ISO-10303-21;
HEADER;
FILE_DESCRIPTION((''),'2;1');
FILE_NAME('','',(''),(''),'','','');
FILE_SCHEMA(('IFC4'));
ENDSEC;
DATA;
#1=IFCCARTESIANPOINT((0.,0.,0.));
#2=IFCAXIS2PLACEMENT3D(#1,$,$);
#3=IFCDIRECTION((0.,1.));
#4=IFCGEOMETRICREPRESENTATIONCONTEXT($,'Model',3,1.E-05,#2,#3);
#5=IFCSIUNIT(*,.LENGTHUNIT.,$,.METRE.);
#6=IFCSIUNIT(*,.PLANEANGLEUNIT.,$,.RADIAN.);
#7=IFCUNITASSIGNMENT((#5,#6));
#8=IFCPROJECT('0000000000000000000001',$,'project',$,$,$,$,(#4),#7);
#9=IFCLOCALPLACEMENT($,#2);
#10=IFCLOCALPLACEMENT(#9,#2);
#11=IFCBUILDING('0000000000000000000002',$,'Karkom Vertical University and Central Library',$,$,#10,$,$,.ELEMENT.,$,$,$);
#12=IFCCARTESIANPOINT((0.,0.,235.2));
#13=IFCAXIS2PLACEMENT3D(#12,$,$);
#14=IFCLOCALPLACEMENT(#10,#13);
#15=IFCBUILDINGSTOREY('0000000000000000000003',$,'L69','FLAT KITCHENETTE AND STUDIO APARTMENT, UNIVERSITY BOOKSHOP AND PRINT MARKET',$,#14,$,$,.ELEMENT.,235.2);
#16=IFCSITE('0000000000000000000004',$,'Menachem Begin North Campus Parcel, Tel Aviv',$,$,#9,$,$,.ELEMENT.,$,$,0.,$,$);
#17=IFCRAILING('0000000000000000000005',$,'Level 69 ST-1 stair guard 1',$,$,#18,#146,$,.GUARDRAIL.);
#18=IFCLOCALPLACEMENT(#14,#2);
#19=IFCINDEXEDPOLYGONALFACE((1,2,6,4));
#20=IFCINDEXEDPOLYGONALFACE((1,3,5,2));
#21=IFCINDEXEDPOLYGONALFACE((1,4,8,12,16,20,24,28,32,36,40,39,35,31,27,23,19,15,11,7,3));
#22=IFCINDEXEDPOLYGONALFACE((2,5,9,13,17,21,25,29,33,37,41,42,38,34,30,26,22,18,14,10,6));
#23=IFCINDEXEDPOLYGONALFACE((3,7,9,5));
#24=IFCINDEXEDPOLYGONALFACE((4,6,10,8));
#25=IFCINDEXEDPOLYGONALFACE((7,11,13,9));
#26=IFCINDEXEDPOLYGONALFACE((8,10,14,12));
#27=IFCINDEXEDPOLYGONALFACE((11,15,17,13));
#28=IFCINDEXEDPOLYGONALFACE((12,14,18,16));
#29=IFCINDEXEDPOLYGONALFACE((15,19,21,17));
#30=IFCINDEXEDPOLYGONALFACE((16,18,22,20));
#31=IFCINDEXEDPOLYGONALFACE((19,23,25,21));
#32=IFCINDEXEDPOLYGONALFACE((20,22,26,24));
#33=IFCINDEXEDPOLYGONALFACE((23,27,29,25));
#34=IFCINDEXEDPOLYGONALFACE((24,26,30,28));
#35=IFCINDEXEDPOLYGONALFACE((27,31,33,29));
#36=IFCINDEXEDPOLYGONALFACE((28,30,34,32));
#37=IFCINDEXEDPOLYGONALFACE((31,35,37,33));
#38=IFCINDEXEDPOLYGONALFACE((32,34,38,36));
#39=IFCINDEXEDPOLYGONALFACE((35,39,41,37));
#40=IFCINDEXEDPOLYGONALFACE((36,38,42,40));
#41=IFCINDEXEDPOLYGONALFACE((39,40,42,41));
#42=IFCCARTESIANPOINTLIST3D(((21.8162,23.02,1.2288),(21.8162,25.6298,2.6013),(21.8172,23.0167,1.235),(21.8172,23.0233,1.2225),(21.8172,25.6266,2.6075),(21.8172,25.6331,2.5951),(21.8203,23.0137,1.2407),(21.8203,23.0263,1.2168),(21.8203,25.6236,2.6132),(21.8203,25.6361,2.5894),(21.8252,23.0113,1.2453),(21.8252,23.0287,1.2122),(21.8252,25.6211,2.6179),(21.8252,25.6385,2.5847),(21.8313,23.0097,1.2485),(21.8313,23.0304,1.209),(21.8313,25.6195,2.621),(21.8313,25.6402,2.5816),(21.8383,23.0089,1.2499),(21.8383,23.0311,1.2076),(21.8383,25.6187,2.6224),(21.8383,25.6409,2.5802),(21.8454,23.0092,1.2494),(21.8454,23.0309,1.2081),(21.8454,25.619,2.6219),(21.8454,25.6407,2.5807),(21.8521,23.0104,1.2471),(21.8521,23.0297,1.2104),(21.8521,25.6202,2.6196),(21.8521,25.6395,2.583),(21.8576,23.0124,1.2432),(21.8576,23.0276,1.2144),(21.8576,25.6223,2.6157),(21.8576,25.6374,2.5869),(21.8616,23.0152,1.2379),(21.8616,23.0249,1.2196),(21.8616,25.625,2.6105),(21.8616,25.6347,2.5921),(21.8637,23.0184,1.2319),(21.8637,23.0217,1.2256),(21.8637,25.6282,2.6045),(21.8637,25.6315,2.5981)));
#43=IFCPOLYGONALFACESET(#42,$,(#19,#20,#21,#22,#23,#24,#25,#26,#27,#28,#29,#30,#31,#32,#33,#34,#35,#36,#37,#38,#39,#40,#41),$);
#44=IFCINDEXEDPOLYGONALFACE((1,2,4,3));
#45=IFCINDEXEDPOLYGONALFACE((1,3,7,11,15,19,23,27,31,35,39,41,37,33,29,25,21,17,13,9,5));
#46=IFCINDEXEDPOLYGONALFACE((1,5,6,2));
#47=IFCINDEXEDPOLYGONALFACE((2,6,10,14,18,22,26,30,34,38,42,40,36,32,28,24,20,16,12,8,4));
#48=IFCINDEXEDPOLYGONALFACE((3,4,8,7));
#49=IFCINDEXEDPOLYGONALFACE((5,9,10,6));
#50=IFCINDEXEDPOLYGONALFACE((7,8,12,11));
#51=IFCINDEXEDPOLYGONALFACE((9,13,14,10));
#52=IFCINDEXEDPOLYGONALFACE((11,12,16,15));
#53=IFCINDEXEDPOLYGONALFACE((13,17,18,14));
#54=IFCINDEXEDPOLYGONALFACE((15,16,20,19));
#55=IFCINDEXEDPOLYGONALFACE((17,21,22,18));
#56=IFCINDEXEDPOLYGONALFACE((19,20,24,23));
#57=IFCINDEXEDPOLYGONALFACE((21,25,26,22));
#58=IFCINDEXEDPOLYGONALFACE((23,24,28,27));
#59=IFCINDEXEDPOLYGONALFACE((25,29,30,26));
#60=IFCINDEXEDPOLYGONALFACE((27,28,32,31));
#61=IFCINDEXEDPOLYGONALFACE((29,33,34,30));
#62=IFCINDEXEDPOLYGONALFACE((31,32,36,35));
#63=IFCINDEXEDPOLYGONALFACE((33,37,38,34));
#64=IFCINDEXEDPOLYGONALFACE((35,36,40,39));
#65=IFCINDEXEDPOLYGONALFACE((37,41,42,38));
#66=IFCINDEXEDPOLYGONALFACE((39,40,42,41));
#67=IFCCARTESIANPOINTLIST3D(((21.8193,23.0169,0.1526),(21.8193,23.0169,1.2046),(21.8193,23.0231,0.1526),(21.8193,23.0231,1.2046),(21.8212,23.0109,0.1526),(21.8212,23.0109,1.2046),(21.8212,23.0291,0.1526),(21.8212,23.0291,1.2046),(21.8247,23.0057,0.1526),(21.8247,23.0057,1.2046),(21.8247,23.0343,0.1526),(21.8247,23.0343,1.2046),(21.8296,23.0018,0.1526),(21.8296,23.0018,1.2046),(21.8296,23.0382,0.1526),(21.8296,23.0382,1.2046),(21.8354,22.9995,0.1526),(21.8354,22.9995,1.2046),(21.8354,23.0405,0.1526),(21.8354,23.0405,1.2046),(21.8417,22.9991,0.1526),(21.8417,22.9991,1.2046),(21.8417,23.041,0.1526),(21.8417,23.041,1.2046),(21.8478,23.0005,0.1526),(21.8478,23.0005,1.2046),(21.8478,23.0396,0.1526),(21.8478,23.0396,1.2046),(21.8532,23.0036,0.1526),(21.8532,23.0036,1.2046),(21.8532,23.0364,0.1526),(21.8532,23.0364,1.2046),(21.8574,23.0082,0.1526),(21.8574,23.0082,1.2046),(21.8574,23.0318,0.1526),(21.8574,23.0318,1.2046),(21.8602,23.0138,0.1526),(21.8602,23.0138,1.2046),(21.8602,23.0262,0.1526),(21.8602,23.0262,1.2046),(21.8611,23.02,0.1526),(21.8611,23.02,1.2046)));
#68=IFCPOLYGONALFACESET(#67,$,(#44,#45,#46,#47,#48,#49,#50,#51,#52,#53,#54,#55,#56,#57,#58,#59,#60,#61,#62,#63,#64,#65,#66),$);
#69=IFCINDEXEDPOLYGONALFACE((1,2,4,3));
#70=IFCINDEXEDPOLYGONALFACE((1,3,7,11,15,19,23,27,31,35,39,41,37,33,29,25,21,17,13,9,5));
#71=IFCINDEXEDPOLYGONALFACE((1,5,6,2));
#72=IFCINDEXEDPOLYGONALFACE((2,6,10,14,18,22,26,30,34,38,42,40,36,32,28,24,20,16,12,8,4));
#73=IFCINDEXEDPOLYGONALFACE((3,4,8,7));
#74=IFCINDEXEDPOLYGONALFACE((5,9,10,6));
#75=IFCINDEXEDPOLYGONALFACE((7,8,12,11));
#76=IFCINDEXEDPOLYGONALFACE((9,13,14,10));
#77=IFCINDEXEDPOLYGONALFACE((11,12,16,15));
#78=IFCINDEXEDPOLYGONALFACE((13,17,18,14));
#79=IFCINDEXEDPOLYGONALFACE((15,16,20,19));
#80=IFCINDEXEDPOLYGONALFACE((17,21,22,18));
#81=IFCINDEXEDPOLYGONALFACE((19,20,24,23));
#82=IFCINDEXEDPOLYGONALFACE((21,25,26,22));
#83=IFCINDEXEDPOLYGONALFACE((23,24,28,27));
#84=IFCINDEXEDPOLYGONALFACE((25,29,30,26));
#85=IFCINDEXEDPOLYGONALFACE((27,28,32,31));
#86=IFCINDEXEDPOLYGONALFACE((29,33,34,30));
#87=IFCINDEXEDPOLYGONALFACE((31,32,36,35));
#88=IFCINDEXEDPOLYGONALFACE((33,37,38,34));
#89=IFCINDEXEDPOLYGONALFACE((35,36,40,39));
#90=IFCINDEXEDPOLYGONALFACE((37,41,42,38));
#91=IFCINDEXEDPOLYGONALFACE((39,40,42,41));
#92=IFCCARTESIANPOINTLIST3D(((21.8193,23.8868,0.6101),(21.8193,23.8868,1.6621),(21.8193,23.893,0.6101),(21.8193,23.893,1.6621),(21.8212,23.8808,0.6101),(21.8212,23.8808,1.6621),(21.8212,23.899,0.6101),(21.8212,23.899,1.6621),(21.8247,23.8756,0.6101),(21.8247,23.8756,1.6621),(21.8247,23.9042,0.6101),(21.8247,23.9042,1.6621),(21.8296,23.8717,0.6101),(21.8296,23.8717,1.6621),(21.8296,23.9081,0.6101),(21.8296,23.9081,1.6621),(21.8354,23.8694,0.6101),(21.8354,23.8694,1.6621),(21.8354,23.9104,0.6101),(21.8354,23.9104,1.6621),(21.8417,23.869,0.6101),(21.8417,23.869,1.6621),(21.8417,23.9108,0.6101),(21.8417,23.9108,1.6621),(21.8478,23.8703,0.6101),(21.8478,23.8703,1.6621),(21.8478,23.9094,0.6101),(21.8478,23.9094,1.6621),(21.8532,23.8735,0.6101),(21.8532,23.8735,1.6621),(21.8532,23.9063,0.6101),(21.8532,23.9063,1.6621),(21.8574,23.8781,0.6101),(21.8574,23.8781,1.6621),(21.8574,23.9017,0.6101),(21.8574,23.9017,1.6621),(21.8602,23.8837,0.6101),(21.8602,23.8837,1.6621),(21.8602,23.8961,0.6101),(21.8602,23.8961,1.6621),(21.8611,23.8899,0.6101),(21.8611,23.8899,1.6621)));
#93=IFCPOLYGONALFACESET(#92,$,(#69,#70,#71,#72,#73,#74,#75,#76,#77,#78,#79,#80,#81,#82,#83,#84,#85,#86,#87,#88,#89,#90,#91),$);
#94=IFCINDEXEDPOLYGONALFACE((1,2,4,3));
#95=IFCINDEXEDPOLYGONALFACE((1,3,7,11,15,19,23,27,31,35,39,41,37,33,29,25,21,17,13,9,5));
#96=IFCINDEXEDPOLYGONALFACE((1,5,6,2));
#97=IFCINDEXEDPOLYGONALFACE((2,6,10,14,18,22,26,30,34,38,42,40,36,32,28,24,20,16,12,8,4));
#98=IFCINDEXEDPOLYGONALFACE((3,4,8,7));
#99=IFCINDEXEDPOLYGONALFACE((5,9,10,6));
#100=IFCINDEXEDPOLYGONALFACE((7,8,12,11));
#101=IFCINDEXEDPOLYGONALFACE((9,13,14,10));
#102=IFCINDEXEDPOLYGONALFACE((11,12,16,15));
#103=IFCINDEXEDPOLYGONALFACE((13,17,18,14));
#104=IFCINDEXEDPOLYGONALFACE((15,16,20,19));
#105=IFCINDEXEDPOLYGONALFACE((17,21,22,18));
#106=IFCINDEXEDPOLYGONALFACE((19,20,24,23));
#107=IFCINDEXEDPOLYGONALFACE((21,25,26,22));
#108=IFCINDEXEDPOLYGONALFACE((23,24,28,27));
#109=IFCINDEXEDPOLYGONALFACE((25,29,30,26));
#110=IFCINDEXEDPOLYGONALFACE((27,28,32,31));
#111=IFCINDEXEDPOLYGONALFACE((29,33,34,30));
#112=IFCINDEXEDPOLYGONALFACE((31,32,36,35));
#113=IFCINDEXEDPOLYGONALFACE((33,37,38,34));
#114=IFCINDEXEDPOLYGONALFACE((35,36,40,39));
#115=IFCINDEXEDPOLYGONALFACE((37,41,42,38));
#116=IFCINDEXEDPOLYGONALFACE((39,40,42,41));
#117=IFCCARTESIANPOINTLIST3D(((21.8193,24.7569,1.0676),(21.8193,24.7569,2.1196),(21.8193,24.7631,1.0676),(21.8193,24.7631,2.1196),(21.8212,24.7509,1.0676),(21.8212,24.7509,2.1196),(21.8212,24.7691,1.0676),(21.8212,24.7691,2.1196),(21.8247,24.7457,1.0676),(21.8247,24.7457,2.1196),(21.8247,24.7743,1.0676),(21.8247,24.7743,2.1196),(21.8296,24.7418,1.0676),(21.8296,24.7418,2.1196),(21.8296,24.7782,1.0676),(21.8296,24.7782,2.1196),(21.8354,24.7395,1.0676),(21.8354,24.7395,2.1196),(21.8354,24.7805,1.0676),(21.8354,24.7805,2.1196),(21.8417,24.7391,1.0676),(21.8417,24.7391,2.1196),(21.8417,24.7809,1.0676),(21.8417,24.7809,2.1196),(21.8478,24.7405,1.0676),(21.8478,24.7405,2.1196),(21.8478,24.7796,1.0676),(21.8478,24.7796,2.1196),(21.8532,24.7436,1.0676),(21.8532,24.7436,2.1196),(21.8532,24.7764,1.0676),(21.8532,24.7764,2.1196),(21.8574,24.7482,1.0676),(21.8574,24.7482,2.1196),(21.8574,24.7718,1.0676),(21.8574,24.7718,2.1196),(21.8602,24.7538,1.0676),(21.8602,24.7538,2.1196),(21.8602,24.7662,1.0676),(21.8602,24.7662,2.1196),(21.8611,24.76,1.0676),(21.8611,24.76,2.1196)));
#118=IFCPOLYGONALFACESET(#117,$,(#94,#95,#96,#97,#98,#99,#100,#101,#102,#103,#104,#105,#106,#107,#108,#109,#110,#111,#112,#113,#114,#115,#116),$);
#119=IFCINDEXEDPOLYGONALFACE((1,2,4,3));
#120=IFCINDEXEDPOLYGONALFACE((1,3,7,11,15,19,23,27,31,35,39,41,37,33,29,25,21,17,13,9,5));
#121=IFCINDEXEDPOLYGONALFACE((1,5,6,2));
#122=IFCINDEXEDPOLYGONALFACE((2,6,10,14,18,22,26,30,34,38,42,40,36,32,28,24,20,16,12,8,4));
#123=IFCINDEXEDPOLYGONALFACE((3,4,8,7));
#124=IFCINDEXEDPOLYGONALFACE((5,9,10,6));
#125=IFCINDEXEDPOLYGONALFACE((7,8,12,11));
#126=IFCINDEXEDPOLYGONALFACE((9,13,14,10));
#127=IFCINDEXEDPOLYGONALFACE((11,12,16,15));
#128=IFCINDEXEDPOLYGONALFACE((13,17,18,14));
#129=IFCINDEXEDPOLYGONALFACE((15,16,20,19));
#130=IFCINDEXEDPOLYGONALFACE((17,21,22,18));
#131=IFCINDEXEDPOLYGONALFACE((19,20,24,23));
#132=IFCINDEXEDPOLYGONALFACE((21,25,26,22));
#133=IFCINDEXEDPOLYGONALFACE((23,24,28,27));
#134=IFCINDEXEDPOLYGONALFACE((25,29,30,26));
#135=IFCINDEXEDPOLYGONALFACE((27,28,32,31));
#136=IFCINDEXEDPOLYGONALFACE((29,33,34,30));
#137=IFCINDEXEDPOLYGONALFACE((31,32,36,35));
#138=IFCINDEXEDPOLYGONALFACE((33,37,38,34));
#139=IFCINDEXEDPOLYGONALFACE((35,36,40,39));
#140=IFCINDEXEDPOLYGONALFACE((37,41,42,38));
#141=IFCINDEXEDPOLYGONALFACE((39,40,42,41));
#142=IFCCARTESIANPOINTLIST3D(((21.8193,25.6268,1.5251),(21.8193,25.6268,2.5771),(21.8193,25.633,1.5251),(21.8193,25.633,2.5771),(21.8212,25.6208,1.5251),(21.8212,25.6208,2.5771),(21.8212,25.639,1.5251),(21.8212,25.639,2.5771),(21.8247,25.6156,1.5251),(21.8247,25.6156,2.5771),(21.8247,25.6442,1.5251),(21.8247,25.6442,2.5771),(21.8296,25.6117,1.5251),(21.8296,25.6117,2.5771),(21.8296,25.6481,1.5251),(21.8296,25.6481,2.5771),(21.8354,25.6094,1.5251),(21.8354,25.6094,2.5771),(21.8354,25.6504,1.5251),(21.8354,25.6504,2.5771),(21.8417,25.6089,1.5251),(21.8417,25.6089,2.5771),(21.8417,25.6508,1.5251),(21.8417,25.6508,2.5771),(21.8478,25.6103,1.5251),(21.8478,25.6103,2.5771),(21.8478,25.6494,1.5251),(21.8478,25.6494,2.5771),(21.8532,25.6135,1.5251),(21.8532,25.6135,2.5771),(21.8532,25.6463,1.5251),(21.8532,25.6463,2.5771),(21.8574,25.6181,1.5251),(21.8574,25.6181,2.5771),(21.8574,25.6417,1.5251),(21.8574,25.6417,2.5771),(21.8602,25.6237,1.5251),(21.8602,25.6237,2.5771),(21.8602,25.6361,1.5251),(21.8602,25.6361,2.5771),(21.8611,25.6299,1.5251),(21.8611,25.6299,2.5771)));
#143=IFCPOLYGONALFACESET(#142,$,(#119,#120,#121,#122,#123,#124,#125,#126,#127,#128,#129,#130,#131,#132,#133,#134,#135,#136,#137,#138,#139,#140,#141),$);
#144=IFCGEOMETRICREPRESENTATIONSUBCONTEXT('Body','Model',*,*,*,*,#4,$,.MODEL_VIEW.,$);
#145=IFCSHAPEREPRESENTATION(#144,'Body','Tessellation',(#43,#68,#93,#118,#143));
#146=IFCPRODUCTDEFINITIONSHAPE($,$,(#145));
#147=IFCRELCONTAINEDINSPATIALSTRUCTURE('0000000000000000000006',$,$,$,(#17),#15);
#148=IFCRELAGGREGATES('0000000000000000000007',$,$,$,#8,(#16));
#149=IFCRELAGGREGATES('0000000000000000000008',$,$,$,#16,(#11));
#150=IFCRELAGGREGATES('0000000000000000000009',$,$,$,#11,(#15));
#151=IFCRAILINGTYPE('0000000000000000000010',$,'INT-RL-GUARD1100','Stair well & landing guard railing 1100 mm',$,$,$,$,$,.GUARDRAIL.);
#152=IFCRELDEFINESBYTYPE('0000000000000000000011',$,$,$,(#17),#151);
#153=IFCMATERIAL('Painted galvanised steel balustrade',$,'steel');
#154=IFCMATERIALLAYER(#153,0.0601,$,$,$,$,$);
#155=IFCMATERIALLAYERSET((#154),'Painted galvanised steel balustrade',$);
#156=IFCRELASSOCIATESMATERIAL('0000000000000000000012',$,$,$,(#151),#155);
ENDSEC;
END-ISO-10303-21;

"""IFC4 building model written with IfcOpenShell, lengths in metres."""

from ifc_helpers import new_model, si_unit, direction, frame, origin, origin_2d, place, context, subcontext, project, spatial, circle, extrude, material, layer, layer_set, type_object, element, save


model = new_model("IFC4")

# Units and contexts
model_context = context("Model", 3, precision=1e-05, world=origin(), true_north=direction((0.0, 1.0)))
body_context = subcontext(model_context, "Body", "Model", "MODEL_VIEW")
ifc_project = project(units=[si_unit("LENGTHUNIT", "METRE"), si_unit("PLANEANGLEUNIT", "RADIAN")], contexts=[model_context])

# Site, building, storey
site_placement = place(None, origin())
site = spatial("IfcSite", under=ifc_project, at=site_placement, Name="Menachem Begin North Campus Parcel, Tel Aviv", CompositionType="ELEMENT", RefElevation=0.0)
building_placement = place(site_placement, origin())
building = spatial("IfcBuilding", under=site, at=building_placement, Name="Karkom Vertical University and Central Library", CompositionType="ELEMENT")
storey_placement = place(building_placement, frame((0.0, 0.0, 235.2)))
storey = spatial("IfcBuildingStorey", under=building, at=storey_placement, Name="L69", Description="FLAT KITCHENETTE AND STUDIO APARTMENT, UNIVERSITY BOOKSHOP AND PRINT MARKET", CompositionType="ELEMENT", Elevation=235.2)

# Railing
ifc_material_1 = material(Name="Painted galvanised steel balustrade", Category="steel")
ifc_layer_1 = layer(ifc_material_1, 0.0601)
ifc_layer_set_1 = layer_set([ifc_layer_1], Name="Painted galvanised steel balustrade")
railing_type_1 = type_object("IfcRailingType", Name="INT-RL-GUARD1100", Description="Stair well & landing guard railing 1100 mm", PredefinedType="GUARDRAIL", material=ifc_layer_set_1)
railing_1_placement = place(storey_placement, frame((21.8401, 23.02, 0.1526)))
element("IfcRailing", 1, at=railing_1_placement, inside=storey, type_object=railing_type_1, Name="Level 69 ST-1 stair guard 1", PredefinedType="GUARDRAIL", context=body_context, shape_type="SweptSolid", body=[
    extrude(circle(Radius=0.0239, at=origin_2d()), frame((0.0, 0.0, 1.0762), z_axis=(0.0, 0.885065, 0.465467), x_axis=(-1.0, 0.0, 0.0)), (0.0, 0.0, 1.0), 2.9487),
    extrude(circle(Radius=0.021, at=origin_2d()), origin(), (0.0, 0.0, 1.0), 1.052),
    extrude(circle(Radius=0.021, at=origin_2d()), frame((0.0, 0.8699, 0.4575)), (0.0, 0.0, 1.0), 1.052),
    extrude(circle(Radius=0.021, at=origin_2d()), frame((0.0, 1.74, 0.915)), (0.0, 0.0, 1.0), 1.052),
    extrude(circle(Radius=0.021, at=origin_2d()), frame((0.0, 2.6099, 1.3726)), (0.0, 0.0, 1.0), 1.052),
])

save(model, "model.ifc")
